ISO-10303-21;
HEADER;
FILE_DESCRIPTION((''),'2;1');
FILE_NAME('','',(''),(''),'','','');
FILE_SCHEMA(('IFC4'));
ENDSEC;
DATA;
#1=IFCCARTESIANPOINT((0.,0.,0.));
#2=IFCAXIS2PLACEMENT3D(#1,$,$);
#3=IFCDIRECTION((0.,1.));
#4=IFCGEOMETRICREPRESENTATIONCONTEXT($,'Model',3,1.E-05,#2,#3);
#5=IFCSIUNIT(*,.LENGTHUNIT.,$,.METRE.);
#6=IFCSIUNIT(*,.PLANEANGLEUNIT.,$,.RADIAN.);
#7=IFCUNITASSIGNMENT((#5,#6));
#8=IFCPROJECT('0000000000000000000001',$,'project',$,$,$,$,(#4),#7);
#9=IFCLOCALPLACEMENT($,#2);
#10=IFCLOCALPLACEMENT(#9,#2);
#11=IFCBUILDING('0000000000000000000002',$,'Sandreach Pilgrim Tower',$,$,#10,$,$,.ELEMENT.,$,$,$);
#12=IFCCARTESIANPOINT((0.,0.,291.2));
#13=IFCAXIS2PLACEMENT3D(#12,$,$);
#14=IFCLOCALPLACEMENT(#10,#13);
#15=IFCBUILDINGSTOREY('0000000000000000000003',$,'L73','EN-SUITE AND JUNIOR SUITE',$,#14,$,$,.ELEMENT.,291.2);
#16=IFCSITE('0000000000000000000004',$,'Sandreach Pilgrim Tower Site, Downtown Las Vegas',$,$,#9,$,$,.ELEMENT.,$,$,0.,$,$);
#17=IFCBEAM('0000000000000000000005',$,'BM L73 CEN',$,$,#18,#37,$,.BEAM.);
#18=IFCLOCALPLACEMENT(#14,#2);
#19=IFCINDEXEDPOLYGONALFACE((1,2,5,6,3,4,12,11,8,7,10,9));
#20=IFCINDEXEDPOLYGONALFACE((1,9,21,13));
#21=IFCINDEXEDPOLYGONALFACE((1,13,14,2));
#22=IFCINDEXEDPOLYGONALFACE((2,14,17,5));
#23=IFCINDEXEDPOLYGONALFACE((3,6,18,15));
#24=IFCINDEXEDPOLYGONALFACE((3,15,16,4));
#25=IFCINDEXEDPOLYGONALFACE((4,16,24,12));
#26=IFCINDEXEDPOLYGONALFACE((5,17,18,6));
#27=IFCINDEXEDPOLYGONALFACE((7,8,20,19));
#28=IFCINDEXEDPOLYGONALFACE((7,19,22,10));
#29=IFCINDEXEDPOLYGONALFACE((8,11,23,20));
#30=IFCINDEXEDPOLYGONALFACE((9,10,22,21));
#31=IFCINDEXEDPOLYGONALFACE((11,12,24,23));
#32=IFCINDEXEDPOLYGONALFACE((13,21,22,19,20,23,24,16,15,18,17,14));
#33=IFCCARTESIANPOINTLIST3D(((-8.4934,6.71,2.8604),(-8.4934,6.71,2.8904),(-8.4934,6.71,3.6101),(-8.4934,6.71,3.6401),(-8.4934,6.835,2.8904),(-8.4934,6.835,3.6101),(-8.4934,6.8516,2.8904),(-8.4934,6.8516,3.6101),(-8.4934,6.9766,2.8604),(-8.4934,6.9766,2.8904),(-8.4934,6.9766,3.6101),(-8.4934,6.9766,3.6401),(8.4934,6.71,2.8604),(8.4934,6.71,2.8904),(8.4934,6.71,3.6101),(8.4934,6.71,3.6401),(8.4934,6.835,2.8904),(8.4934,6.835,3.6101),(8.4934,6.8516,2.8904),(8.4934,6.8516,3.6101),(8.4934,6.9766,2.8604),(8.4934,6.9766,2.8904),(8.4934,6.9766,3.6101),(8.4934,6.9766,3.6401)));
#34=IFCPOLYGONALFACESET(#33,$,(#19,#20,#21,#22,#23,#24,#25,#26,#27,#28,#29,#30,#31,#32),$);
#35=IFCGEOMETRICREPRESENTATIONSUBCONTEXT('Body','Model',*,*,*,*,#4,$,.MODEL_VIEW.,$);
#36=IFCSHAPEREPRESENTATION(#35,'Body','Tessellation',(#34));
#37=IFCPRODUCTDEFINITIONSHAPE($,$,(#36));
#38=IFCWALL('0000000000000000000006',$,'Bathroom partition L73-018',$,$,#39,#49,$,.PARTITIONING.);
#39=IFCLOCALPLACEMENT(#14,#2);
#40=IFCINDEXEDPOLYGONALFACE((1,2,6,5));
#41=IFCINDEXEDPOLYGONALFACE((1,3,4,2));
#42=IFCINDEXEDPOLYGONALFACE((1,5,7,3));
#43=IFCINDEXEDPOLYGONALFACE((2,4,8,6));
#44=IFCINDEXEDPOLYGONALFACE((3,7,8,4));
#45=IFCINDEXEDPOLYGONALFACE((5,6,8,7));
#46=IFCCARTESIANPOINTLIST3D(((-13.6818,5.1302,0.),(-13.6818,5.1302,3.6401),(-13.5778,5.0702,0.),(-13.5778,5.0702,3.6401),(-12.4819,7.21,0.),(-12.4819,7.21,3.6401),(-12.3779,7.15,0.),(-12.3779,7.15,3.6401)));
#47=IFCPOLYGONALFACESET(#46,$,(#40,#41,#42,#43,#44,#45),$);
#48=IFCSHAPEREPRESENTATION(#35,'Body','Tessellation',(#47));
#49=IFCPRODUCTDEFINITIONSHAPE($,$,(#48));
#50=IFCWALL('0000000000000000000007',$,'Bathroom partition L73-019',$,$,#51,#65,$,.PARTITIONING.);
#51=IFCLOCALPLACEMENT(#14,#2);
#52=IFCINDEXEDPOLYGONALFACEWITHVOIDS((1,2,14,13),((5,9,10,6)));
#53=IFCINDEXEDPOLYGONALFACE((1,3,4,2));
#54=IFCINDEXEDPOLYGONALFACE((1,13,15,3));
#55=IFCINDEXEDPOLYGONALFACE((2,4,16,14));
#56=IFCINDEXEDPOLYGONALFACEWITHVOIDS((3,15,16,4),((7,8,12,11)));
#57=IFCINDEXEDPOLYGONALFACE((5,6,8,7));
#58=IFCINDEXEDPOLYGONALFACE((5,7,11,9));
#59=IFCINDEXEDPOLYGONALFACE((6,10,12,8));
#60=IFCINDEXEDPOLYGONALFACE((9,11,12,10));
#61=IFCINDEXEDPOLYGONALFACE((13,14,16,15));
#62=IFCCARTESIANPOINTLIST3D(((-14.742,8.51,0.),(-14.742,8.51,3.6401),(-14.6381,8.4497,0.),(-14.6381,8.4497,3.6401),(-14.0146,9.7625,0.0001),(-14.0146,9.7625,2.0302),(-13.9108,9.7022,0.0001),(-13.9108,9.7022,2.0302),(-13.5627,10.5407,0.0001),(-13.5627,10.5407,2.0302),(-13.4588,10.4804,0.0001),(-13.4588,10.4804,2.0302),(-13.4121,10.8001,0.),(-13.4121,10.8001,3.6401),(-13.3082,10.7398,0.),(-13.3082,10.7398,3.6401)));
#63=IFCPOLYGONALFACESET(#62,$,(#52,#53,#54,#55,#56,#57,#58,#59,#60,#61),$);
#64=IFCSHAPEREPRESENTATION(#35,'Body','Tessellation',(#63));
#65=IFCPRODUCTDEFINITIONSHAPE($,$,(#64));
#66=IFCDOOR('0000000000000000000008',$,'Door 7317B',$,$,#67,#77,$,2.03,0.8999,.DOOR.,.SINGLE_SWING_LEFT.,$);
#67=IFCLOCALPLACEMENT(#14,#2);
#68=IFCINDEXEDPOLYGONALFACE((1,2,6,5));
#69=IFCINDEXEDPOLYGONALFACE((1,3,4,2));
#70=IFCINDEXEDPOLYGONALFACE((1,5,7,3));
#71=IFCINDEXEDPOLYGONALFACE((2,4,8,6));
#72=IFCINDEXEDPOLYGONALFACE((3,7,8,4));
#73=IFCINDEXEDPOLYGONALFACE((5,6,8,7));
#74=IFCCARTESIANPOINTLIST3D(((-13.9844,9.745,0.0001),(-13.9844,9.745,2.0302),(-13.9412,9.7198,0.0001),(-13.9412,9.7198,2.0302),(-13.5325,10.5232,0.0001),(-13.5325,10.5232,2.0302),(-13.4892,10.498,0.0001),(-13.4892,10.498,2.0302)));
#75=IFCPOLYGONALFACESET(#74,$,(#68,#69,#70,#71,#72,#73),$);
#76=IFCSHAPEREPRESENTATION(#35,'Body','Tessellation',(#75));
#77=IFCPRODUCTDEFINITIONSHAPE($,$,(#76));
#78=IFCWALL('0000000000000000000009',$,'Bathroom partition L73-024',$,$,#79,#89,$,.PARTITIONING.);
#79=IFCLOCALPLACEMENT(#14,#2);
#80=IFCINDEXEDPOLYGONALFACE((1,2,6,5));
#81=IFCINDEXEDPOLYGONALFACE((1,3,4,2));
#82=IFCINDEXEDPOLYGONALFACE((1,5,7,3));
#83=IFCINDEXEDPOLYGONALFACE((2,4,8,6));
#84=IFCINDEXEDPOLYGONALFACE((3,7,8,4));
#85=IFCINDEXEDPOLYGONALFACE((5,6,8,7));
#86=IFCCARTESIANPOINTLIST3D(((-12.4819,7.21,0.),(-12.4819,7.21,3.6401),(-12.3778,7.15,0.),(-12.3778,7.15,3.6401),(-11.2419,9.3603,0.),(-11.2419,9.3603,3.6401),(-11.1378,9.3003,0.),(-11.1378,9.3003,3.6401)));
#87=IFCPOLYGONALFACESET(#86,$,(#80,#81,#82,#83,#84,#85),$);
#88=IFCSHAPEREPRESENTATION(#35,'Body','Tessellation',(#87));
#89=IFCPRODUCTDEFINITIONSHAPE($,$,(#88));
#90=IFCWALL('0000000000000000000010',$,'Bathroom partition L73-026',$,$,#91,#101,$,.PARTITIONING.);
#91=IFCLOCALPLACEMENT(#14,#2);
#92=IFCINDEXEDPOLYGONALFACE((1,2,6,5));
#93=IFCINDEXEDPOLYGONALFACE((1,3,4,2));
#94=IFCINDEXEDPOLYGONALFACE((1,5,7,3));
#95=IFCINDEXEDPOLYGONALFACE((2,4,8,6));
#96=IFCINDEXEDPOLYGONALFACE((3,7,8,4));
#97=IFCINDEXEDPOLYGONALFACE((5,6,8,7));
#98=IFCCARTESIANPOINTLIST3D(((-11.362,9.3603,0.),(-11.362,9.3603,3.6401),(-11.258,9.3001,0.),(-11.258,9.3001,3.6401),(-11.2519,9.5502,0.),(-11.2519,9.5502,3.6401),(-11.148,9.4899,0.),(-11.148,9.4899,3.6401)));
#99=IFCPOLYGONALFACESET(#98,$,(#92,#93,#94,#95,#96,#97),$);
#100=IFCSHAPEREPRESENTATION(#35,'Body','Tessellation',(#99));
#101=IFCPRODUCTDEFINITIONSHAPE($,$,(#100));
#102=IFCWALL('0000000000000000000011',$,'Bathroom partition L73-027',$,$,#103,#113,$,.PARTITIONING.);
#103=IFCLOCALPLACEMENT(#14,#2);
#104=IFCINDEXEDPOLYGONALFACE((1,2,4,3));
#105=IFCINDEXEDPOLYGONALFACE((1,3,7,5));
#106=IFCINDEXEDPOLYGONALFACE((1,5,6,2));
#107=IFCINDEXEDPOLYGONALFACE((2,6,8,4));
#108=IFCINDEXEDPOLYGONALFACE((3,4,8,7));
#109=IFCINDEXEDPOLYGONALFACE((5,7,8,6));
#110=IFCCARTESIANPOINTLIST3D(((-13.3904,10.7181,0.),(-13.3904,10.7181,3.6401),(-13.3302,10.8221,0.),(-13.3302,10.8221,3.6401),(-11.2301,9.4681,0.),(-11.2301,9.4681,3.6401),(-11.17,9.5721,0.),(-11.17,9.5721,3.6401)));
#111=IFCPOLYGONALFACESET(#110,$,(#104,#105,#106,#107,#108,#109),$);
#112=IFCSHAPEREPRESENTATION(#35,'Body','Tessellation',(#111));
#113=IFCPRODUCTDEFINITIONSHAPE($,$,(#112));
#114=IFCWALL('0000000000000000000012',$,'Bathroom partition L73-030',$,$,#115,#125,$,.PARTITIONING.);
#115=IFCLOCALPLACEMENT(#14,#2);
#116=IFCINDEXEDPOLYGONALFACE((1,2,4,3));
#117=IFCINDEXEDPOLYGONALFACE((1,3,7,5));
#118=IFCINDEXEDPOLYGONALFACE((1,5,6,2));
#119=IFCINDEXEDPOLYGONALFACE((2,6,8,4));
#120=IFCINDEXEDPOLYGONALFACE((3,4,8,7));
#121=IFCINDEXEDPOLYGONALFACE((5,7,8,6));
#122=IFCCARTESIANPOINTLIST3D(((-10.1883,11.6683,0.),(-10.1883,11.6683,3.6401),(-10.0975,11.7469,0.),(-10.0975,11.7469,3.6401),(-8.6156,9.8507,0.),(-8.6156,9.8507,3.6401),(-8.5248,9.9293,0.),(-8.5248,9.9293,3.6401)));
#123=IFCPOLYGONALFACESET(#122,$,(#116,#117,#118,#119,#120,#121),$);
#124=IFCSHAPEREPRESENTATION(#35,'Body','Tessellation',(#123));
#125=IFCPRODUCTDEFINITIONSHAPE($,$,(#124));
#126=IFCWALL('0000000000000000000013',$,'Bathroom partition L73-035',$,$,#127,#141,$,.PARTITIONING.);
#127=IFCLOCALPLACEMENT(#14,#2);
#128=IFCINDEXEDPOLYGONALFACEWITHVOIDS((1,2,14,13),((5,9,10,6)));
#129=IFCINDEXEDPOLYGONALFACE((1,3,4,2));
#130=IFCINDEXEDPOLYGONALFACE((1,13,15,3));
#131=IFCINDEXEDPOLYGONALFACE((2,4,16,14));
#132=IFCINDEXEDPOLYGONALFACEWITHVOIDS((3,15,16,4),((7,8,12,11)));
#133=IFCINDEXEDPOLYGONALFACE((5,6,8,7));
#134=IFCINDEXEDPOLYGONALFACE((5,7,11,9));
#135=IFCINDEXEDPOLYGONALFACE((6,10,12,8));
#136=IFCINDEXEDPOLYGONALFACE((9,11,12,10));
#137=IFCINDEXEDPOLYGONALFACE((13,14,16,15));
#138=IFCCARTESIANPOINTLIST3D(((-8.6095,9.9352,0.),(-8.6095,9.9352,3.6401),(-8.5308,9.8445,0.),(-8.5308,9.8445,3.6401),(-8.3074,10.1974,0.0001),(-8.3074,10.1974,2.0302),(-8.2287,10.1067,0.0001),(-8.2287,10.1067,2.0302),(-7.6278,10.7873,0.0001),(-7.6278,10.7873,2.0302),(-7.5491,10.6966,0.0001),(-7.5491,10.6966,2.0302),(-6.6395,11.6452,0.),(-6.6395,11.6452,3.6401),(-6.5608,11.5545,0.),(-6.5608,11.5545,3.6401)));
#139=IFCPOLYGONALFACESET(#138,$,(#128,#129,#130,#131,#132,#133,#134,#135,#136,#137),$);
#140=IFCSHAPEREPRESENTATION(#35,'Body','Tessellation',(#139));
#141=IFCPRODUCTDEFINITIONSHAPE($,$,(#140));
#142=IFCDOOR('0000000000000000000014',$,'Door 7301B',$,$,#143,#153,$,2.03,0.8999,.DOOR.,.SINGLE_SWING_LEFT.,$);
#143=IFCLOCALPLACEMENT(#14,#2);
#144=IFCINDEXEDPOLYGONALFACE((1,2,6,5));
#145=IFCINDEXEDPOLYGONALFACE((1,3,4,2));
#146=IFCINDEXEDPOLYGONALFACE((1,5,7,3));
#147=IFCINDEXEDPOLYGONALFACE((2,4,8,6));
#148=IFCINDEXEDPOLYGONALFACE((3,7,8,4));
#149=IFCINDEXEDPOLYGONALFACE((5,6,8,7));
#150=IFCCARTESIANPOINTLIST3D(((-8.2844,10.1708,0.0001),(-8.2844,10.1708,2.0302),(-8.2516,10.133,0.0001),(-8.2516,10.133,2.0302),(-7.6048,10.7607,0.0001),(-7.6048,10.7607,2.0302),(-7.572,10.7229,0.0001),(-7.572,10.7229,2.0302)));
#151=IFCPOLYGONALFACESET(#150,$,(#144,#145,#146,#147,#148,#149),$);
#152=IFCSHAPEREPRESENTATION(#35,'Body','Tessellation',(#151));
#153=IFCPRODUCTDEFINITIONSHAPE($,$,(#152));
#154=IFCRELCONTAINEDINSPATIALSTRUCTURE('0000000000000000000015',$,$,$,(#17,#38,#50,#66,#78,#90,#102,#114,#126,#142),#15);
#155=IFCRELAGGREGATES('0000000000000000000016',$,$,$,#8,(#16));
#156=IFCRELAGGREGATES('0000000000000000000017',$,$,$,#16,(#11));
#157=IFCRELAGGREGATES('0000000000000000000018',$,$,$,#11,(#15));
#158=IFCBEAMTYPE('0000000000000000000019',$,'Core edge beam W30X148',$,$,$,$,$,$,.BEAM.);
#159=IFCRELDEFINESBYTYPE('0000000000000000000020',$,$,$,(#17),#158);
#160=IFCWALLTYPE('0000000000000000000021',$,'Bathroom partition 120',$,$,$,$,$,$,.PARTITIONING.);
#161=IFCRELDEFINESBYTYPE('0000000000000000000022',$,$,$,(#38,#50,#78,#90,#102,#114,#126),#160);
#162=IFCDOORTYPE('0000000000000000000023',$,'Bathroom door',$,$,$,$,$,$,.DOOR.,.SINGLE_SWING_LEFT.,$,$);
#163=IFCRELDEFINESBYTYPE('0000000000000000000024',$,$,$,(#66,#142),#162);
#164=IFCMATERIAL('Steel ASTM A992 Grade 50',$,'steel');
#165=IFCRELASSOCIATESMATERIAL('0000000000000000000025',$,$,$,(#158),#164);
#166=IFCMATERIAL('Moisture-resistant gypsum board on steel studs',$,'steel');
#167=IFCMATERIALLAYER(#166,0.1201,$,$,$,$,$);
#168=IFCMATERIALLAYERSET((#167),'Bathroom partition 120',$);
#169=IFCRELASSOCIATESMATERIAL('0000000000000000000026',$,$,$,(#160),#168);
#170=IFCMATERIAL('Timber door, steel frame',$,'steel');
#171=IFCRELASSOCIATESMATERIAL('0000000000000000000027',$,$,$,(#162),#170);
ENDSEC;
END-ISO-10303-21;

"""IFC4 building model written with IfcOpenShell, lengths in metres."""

from ifc_helpers import new_model, si_unit, direction, frame, frame_2d, origin, origin_2d, place, context, subcontext, project, spatial, rectangle, i_section, extrude, material, layer, layer_set, material_profile, profile_set, type_object, element, fill, save


model = new_model("IFC4")

# Units and contexts
model_context = context("Model", 3, precision=1e-05, world=origin(), true_north=direction((0.0, 1.0)))
body_context = subcontext(model_context, "Body", "Model", "MODEL_VIEW")
ifc_project = project(units=[si_unit("LENGTHUNIT", "METRE"), si_unit("PLANEANGLEUNIT", "RADIAN")], contexts=[model_context])

# Site, building, storey
site_placement = place(None, origin())
site = spatial("IfcSite", under=ifc_project, at=site_placement, Name="Sandreach Pilgrim Tower Site, Downtown Las Vegas", CompositionType="ELEMENT", RefElevation=0.0)
building_placement = place(site_placement, origin())
building = spatial("IfcBuilding", under=site, at=building_placement, Name="Sandreach Pilgrim Tower", CompositionType="ELEMENT")
storey_placement = place(building_placement, frame((0.0, 0.0, 291.2)))
storey = spatial("IfcBuildingStorey", under=building, at=storey_placement, Name="L73", Description="EN-SUITE AND JUNIOR SUITE", CompositionType="ELEMENT", Elevation=291.2)

# Beam
ifc_material_1 = material(Name="Steel ASTM A992 Grade 50", Category="steel")
ifc_material_profile = material_profile(ifc_material_1, i_section(OverallWidth=0.2666, OverallDepth=0.7798, WebThickness=0.0166, FlangeThickness=0.03, at=origin_2d()), Name="W30X148")
ifc_profile_set = profile_set([ifc_material_profile], Name="Steel ASTM A992 Grade 50")
beam_type = type_object("IfcBeamType", Name="Core edge beam W30X148", PredefinedType="BEAM", material=ifc_profile_set)
beam_placement = place(storey_placement, frame((-8.4934, 6.8433, 3.2502), z_axis=(1.0, 0.0, 0.0), x_axis=(0.0, 1.0, 0.0)))
element("IfcBeam", 1, at=beam_placement, inside=storey, type_object=beam_type, Name="BM L73 CEN", PredefinedType="BEAM", context=body_context, shape_type="SweptSolid", body=[
    extrude(i_section(OverallWidth=0.2666, OverallDepth=0.7798, WebThickness=0.0166, FlangeThickness=0.03, at=origin_2d()), origin(), (0.0, 0.0, 1.0), 16.9868),
])

# Wall
ifc_material_2 = material(Name="Moisture-resistant gypsum board on steel studs", Category="steel")
ifc_layer_1 = layer(ifc_material_2, 0.1201)
ifc_layer_set_1 = layer_set([ifc_layer_1], Name="Bathroom partition 120")
wall_type_1 = type_object("IfcWallType", Name="Bathroom partition 120", PredefinedType="PARTITIONING", material=ifc_layer_set_1)
wall_1_placement = place(storey_placement, frame((-13.6299, 5.1001, 0.0), z_axis=(0.0, 0.0, 1.0), x_axis=(0.499737, 0.866177, 0.0)))
element("IfcWall", 2, at=wall_1_placement, inside=storey, type_object=wall_type_1, Name="Bathroom partition L73-018", PredefinedType="PARTITIONING", context=body_context, shape_type="SweptSolid", body=[
    extrude(rectangle(XDim=2.4011, YDim=0.1201, at=frame_2d((1.2007, 0.0))), origin(), (0.0, 0.0, 1.0), 3.6401),
])

# Wall, opening, door
wall_2_placement = place(storey_placement, frame((-13.3601, 10.77, 0.0), z_axis=(0.0, 0.0, 1.0), x_axis=(-0.502173, -0.864767, 0.0)))
wall_2 = element("IfcWall", 3, at=wall_2_placement, inside=storey, type_object=wall_type_1, Name="Bathroom partition L73-019", PredefinedType="PARTITIONING", context=body_context, shape_type="SweptSolid", body=[
    extrude(rectangle(XDim=2.6482, YDim=0.1201, at=frame_2d((1.3242, 0.0))), origin(), (0.0, 0.0, 1.0), 3.6401),
])
opening_1_placement = place(wall_2_placement, frame((0.3, 0.0, 0.0)))
opening_1 = element("IfcOpeningElement", 4, at=opening_1_placement, cuts=wall_2, PredefinedType="OPENING", context=body_context, shape_type="SweptSolid", body=[
    extrude(rectangle(XDim=0.8999, YDim=2.03, at=frame_2d((0.45, 1.0151))), frame((0.0, 0.0601, 0.0), z_axis=(0.0, -1.0, 0.0), x_axis=(1.0, 0.0, 0.0)), (0.0, 0.0, 1.0), 0.1201),
])
ifc_material_3 = material(Name="Timber door, steel frame", Category="steel")
door_type_1 = type_object("IfcDoorType", Name="Bathroom door", OperationType="SINGLE_SWING_LEFT", PredefinedType="DOOR", material=ifc_material_3)
door_1_placement = place(opening_1_placement, origin())
door_1 = element("IfcDoor", 5, at=door_1_placement, inside=storey, type_object=door_type_1, Name="Door 7317B", OperationType="SINGLE_SWING_LEFT", OverallHeight=2.03, OverallWidth=0.8999, PredefinedType="DOOR", context=body_context, shape_type="SweptSolid", body=[
    extrude(rectangle(XDim=0.8999, YDim=2.03, at=frame_2d((0.45, 1.0151))), frame((0.0, 0.0249, 0.0), z_axis=(0.0, -1.0, 0.0), x_axis=(1.0, 0.0, 0.0)), (0.0, 0.0, 1.0), 0.05),
])
fill(opening_1, door_1)

# Walls
wall_3_placement = place(storey_placement, frame((-12.4299, 7.1799, 0.0), z_axis=(0.0, 0.0, 1.0), x_axis=(0.499578, 0.866269, 0.0)))
element("IfcWall", 6, at=wall_3_placement, inside=storey, type_object=wall_type_1, Name="Bathroom partition L73-024", PredefinedType="PARTITIONING", context=body_context, shape_type="SweptSolid", body=[
    extrude(rectangle(XDim=2.4822, YDim=0.1201, at=frame_2d((1.2412, 0.0))), origin(), (0.0, 0.0, 1.0), 3.6401),
])
wall_4_placement = place(storey_placement, frame((-11.3101, 9.3301, 0.0), z_axis=(0.0, 0.0, 1.0), x_axis=(0.501518, 0.865147, 0.0)))
element("IfcWall", 7, at=wall_4_placement, inside=storey, type_object=wall_type_1, Name="Bathroom partition L73-026", PredefinedType="PARTITIONING", context=body_context, shape_type="SweptSolid", body=[
    extrude(rectangle(XDim=0.2195, YDim=0.1201, at=frame_2d((0.1099, 0.0))), origin(), (0.0, 0.0, 1.0), 3.6401),
])
wall_5_placement = place(storey_placement, frame((-11.2, 9.52, 0.0), z_axis=(0.0, 0.0, 1.0), x_axis=(-0.865533, 0.500851, 0.0)))
element("IfcWall", 8, at=wall_5_placement, inside=storey, type_object=wall_type_1, Name="Bathroom partition L73-027", PredefinedType="PARTITIONING", context=body_context, shape_type="SweptSolid", body=[
    extrude(rectangle(XDim=2.4958, YDim=0.1201, at=frame_2d((1.248, 0.0))), origin(), (0.0, 0.0, 1.0), 3.6401),
])
wall_6_placement = place(storey_placement, frame((-10.1428, 11.7075, 0.0), z_axis=(0.0, 0.0, 1.0), x_axis=(0.654331, -0.756208, 0.0)))
element("IfcWall", 9, at=wall_6_placement, inside=storey, type_object=wall_type_1, Name="Bathroom partition L73-030", PredefinedType="PARTITIONING", context=body_context, shape_type="SweptSolid", body=[
    extrude(rectangle(XDim=2.4036, YDim=0.1201, at=frame_2d((1.2017, 0.0))), origin(), (0.0, 0.0, 1.0), 3.6401),
])

# Wall, opening, door
wall_7_placement = place(storey_placement, frame((-8.5701, 9.8899, 0.0), z_axis=(0.0, 0.0, 1.0), x_axis=(0.755186, 0.655511, 0.0)))
wall_7 = element("IfcWall", 10, at=wall_7_placement, inside=storey, type_object=wall_type_1, Name="Bathroom partition L73-035", PredefinedType="PARTITIONING", context=body_context, shape_type="SweptSolid", body=[
    extrude(rectangle(XDim=2.6086, YDim=0.1201, at=frame_2d((1.3042, 0.0))), origin(), (0.0, 0.0, 1.0), 3.6401),
])
opening_2_placement = place(wall_7_placement, frame((0.3999, 0.0, 0.0)))
opening_2 = element("IfcOpeningElement", 11, at=opening_2_placement, cuts=wall_7, PredefinedType="OPENING", context=body_context, shape_type="SweptSolid", body=[
    extrude(rectangle(XDim=0.8999, YDim=2.03, at=frame_2d((0.45, 1.0151))), frame((0.0, 0.0601, 0.0), z_axis=(0.0, -1.0, 0.0), x_axis=(1.0, 0.0, 0.0)), (0.0, 0.0, 1.0), 0.1201),
])
door_2_placement = place(opening_2_placement, origin())
door_2 = element("IfcDoor", 12, at=door_2_placement, inside=storey, type_object=door_type_1, Name="Door 7301B", OperationType="SINGLE_SWING_LEFT", OverallHeight=2.03, OverallWidth=0.8999, PredefinedType="DOOR", context=body_context, shape_type="SweptSolid", body=[
    extrude(rectangle(XDim=0.8999, YDim=2.03, at=frame_2d((0.45, 1.0151))), frame((0.0, 0.0249, 0.0), z_axis=(0.0, -1.0, 0.0), x_axis=(1.0, 0.0, 0.0)), (0.0, 0.0, 1.0), 0.05),
])
fill(opening_2, door_2)

save(model, "model.ifc")
